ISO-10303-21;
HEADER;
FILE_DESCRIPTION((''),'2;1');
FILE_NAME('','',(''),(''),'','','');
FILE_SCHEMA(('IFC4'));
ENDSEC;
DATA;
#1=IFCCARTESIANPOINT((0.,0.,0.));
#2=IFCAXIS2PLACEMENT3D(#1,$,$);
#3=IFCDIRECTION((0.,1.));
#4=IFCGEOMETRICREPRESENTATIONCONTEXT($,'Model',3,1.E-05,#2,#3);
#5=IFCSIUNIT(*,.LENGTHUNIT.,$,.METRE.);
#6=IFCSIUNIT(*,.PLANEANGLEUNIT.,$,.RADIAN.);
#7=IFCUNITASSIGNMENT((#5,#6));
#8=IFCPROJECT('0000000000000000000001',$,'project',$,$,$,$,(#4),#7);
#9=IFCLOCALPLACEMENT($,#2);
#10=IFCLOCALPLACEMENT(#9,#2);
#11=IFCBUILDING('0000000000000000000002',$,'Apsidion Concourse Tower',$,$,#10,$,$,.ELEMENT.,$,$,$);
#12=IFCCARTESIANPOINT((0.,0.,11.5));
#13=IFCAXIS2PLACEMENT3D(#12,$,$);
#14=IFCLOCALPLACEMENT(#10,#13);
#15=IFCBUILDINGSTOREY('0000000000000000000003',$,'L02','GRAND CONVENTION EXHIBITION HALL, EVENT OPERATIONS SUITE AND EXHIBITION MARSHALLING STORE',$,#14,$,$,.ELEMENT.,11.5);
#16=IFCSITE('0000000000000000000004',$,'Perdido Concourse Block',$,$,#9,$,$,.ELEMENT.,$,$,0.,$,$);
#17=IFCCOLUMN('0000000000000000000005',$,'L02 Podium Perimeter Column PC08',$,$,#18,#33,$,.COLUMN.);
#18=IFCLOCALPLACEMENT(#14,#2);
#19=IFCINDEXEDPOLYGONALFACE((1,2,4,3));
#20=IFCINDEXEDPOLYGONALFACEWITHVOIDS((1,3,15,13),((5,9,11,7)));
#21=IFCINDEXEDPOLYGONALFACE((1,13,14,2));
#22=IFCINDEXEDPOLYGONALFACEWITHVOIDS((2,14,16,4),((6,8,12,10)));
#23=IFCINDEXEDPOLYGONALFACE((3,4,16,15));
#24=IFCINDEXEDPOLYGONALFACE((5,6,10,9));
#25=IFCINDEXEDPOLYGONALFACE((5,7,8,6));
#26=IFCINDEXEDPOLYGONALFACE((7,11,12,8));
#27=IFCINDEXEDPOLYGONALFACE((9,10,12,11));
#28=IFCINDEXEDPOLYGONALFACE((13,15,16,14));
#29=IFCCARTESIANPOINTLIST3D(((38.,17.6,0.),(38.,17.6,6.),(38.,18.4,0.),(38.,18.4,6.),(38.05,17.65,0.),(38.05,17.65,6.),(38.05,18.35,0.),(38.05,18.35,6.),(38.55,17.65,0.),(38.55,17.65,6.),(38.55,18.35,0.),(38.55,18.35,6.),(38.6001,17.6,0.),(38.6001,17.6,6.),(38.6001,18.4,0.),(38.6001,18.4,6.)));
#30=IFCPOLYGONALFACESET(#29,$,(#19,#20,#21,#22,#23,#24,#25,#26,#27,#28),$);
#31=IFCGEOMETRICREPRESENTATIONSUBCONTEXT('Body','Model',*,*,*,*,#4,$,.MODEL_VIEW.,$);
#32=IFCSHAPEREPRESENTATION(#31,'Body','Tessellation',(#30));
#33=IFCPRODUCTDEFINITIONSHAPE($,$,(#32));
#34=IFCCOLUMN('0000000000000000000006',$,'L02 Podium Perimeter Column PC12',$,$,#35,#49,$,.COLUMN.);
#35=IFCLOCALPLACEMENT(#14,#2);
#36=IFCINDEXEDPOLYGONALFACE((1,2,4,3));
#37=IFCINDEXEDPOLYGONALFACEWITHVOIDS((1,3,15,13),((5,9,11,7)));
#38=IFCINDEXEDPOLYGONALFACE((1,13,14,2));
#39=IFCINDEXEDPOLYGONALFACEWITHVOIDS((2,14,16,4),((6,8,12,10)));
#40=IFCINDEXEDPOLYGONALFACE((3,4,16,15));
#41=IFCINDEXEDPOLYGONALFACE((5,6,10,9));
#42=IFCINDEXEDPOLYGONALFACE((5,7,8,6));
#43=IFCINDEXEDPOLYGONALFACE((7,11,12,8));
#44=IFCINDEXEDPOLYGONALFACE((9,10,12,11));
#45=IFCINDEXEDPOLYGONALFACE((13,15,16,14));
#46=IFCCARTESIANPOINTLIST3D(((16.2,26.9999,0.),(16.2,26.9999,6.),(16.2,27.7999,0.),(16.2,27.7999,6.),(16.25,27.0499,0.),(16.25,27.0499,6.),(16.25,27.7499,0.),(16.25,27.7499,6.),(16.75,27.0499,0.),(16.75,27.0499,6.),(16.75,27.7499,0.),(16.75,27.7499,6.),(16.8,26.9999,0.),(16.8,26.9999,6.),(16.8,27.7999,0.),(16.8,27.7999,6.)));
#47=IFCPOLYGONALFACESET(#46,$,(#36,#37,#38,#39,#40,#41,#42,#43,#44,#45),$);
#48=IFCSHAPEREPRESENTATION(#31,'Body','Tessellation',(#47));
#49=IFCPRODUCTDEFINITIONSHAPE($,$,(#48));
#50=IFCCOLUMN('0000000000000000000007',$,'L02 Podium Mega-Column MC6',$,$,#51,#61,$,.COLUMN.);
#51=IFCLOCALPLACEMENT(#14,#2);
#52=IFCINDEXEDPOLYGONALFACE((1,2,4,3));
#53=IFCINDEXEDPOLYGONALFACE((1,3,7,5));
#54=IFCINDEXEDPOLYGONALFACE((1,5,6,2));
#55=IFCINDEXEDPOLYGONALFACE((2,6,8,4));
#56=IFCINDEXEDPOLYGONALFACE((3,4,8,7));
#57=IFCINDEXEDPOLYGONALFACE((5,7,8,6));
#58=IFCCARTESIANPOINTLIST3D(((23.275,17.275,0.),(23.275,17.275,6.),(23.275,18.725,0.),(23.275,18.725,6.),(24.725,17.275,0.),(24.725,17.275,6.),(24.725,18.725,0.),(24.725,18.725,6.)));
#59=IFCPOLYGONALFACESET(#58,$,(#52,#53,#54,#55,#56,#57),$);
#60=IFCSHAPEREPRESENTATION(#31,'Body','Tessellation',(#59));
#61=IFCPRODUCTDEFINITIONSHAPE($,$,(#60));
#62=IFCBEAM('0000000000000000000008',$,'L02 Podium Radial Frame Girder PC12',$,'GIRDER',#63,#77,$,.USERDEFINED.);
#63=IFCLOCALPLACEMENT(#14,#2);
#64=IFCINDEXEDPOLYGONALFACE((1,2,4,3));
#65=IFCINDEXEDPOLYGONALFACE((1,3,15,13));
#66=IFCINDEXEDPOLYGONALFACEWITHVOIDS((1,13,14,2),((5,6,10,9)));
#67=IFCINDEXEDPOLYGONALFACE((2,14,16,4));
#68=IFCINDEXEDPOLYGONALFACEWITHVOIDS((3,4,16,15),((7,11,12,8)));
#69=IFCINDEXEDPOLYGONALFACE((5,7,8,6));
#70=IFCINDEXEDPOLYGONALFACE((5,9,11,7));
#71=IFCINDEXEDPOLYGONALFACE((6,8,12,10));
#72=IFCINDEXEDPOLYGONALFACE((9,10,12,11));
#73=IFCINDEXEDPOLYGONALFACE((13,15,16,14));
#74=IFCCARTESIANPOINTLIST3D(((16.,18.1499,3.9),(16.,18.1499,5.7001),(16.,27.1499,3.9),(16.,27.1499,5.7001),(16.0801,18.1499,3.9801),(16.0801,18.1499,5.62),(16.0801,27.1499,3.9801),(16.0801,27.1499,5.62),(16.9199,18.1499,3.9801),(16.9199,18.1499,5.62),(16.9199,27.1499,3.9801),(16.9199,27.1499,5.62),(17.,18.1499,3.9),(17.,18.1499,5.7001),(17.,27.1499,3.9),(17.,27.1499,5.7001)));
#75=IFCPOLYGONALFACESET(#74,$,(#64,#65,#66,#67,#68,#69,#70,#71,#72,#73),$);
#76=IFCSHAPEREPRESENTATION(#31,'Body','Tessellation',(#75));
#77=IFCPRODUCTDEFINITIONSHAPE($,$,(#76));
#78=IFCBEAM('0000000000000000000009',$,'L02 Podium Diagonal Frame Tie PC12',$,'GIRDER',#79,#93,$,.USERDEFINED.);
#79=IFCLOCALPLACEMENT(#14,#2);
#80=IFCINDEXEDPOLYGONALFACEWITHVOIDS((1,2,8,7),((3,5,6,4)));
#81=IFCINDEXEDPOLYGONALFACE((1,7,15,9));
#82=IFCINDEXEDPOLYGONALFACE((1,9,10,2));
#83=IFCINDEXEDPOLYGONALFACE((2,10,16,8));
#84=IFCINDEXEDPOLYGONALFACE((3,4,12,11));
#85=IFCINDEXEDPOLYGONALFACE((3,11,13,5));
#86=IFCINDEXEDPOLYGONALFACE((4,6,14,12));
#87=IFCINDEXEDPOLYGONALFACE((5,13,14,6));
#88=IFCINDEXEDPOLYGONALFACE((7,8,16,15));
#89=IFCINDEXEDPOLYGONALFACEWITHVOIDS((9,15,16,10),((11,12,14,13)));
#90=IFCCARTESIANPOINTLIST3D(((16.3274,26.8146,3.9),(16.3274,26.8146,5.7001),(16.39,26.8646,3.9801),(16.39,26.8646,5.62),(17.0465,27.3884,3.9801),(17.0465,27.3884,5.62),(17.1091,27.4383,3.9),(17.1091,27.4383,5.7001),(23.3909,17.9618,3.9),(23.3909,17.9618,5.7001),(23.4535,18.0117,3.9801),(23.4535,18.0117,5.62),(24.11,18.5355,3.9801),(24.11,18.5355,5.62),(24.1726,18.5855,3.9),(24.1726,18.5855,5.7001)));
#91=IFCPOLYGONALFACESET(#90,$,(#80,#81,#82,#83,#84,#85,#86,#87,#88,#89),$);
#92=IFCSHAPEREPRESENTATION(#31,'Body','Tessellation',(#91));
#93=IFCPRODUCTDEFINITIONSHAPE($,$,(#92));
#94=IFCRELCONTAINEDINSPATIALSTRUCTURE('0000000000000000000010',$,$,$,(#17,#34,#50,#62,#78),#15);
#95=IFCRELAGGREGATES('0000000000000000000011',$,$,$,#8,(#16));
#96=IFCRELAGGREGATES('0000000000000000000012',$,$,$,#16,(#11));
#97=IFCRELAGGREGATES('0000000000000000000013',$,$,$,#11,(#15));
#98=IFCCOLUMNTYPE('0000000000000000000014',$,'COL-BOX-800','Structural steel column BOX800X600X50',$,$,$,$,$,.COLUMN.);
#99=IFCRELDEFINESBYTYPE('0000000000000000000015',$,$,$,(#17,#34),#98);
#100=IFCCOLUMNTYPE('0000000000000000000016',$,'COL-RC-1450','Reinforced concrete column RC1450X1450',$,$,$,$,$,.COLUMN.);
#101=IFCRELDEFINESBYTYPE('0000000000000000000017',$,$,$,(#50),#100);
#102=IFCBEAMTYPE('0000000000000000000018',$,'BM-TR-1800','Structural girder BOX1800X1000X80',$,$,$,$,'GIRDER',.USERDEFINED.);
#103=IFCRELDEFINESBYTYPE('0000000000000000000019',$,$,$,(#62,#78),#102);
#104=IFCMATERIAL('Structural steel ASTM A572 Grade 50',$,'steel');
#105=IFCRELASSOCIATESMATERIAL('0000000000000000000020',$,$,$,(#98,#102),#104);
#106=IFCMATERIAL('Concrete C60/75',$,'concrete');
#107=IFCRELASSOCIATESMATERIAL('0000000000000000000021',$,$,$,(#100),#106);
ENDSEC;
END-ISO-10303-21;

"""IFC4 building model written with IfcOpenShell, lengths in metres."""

from ifc_helpers import new_model, si_unit, direction, frame, origin, origin_2d, place, context, subcontext, project, spatial, rectangle, hollow_rectangle, extrude, material, material_profile, profile_set, type_object, element, save


model = new_model("IFC4")

# Units and contexts
model_context = context("Model", 3, precision=1e-05, world=origin(), true_north=direction((0.0, 1.0)))
body_context = subcontext(model_context, "Body", "Model", "MODEL_VIEW")
ifc_project = project(units=[si_unit("LENGTHUNIT", "METRE"), si_unit("PLANEANGLEUNIT", "RADIAN")], contexts=[model_context])

# Site, building, storey
site_placement = place(None, origin())
site = spatial("IfcSite", under=ifc_project, at=site_placement, Name="Perdido Concourse Block", CompositionType="ELEMENT", RefElevation=0.0)
building_placement = place(site_placement, origin())
building = spatial("IfcBuilding", under=site, at=building_placement, Name="Apsidion Concourse Tower", CompositionType="ELEMENT")
storey_placement = place(building_placement, frame((0.0, 0.0, 11.5)))
storey = spatial("IfcBuildingStorey", under=building, at=storey_placement, Name="L02", Description="GRAND CONVENTION EXHIBITION HALL, EVENT OPERATIONS SUITE AND EXHIBITION MARSHALLING STORE", CompositionType="ELEMENT", Elevation=11.5)

# Columns
ifc_material_1 = material(Name="Structural steel ASTM A572 Grade 50", Category="steel")
ifc_material_profile_1 = material_profile(ifc_material_1, hollow_rectangle(XDim=0.6001, YDim=0.8, WallThickness=0.05, at=origin_2d()), Name="BOX800X600X50")
ifc_profile_set_1 = profile_set([ifc_material_profile_1], Name="Structural steel ASTM A572 Grade 50")
column_type_1 = type_object("IfcColumnType", Name="COL-BOX-800", Description="Structural steel column BOX800X600X50", PredefinedType="COLUMN", material=ifc_profile_set_1)
for number, where, z_axis, x_axis, name in (
    (1, (38.3, 18.0, 0.0), (0.0, 0.0, 1.0), (1.0, 0.0, 0.0), "L02 Podium Perimeter Column PC08"),
    (2, (16.5, 27.3999, 0.0), (0.0, 0.0, 1.0), (1.0, 0.0, 0.0), "L02 Podium Perimeter Column PC12"),
):
    element("IfcColumn", number, at=place(storey_placement, frame(where, z_axis=z_axis, x_axis=x_axis)), inside=storey, type_object=column_type_1, Name=name, PredefinedType="COLUMN", context=body_context, shape_type="SweptSolid", body=[
        extrude(hollow_rectangle(XDim=0.6001, YDim=0.8, WallThickness=0.05, at=origin_2d()), origin(), (0.0, 0.0, 1.0), 6.0),
    ])
ifc_material_2 = material(Name="Concrete C60/75", Category="concrete")
ifc_material_profile_2 = material_profile(ifc_material_2, rectangle(XDim=1.45, YDim=1.45, at=origin_2d()), Name="RC 1450x1450")
ifc_profile_set_2 = profile_set([ifc_material_profile_2], Name="Concrete C60/75")
column_type_2 = type_object("IfcColumnType", Name="COL-RC-1450", Description="Reinforced concrete column RC1450X1450", PredefinedType="COLUMN", material=ifc_profile_set_2)
column_placement = place(storey_placement, frame((24.0, 18.0, 0.0), z_axis=(0.0, 0.0, 1.0), x_axis=(1.0, 0.0, 0.0)))
element("IfcColumn", 3, at=column_placement, inside=storey, type_object=column_type_2, Name="L02 Podium Mega-Column MC6", PredefinedType="COLUMN", context=body_context, shape_type="SweptSolid", body=[
    extrude(rectangle(XDim=1.45, YDim=1.45, at=origin_2d()), origin(), (0.0, 0.0, 1.0), 6.0),
])

# Beams
ifc_material_profile_3 = material_profile(ifc_material_1, hollow_rectangle(XDim=1.0, YDim=1.8, WallThickness=0.0801, at=origin_2d()), Name="BOX1800X1000X80")
ifc_profile_set_3 = profile_set([ifc_material_profile_3], Name="Structural steel ASTM A572 Grade 50")
beam_type = type_object("IfcBeamType", Name="BM-TR-1800", Description="Structural girder BOX1800X1000X80", ElementType="GIRDER", PredefinedType="USERDEFINED", material=ifc_profile_set_3)
beam_1_placement = place(storey_placement, frame((16.5, 27.1499, 4.8), z_axis=(0.0, -1.0, 0.0), x_axis=(1.0, 0.0, 0.0)))
element("IfcBeam", 4, at=beam_1_placement, inside=storey, type_object=beam_type, Name="L02 Podium Radial Frame Girder PC12", ObjectType="GIRDER", PredefinedType="USERDEFINED", context=body_context, shape_type="SweptSolid", body=[
    extrude(hollow_rectangle(XDim=1.0, YDim=1.8, WallThickness=0.0801, at=origin_2d()), origin(), (0.0, 0.0, 1.0), 9.0),
])
beam_2_placement = place(storey_placement, frame((16.7183, 27.1265, 4.8), z_axis=(0.623685, -0.781676, 0.0), x_axis=(0.781676, 0.623685, 0.0)))
element("IfcBeam", 5, at=beam_2_placement, inside=storey, type_object=beam_type, Name="L02 Podium Diagonal Frame Tie PC12", ObjectType="GIRDER", PredefinedType="USERDEFINED", context=body_context, shape_type="SweptSolid", body=[
    extrude(hollow_rectangle(XDim=1.0, YDim=1.8, WallThickness=0.0801, at=origin_2d()), origin(), (0.0, 0.0, 1.0), 11.3254),
])

save(model, "model.ifc")
